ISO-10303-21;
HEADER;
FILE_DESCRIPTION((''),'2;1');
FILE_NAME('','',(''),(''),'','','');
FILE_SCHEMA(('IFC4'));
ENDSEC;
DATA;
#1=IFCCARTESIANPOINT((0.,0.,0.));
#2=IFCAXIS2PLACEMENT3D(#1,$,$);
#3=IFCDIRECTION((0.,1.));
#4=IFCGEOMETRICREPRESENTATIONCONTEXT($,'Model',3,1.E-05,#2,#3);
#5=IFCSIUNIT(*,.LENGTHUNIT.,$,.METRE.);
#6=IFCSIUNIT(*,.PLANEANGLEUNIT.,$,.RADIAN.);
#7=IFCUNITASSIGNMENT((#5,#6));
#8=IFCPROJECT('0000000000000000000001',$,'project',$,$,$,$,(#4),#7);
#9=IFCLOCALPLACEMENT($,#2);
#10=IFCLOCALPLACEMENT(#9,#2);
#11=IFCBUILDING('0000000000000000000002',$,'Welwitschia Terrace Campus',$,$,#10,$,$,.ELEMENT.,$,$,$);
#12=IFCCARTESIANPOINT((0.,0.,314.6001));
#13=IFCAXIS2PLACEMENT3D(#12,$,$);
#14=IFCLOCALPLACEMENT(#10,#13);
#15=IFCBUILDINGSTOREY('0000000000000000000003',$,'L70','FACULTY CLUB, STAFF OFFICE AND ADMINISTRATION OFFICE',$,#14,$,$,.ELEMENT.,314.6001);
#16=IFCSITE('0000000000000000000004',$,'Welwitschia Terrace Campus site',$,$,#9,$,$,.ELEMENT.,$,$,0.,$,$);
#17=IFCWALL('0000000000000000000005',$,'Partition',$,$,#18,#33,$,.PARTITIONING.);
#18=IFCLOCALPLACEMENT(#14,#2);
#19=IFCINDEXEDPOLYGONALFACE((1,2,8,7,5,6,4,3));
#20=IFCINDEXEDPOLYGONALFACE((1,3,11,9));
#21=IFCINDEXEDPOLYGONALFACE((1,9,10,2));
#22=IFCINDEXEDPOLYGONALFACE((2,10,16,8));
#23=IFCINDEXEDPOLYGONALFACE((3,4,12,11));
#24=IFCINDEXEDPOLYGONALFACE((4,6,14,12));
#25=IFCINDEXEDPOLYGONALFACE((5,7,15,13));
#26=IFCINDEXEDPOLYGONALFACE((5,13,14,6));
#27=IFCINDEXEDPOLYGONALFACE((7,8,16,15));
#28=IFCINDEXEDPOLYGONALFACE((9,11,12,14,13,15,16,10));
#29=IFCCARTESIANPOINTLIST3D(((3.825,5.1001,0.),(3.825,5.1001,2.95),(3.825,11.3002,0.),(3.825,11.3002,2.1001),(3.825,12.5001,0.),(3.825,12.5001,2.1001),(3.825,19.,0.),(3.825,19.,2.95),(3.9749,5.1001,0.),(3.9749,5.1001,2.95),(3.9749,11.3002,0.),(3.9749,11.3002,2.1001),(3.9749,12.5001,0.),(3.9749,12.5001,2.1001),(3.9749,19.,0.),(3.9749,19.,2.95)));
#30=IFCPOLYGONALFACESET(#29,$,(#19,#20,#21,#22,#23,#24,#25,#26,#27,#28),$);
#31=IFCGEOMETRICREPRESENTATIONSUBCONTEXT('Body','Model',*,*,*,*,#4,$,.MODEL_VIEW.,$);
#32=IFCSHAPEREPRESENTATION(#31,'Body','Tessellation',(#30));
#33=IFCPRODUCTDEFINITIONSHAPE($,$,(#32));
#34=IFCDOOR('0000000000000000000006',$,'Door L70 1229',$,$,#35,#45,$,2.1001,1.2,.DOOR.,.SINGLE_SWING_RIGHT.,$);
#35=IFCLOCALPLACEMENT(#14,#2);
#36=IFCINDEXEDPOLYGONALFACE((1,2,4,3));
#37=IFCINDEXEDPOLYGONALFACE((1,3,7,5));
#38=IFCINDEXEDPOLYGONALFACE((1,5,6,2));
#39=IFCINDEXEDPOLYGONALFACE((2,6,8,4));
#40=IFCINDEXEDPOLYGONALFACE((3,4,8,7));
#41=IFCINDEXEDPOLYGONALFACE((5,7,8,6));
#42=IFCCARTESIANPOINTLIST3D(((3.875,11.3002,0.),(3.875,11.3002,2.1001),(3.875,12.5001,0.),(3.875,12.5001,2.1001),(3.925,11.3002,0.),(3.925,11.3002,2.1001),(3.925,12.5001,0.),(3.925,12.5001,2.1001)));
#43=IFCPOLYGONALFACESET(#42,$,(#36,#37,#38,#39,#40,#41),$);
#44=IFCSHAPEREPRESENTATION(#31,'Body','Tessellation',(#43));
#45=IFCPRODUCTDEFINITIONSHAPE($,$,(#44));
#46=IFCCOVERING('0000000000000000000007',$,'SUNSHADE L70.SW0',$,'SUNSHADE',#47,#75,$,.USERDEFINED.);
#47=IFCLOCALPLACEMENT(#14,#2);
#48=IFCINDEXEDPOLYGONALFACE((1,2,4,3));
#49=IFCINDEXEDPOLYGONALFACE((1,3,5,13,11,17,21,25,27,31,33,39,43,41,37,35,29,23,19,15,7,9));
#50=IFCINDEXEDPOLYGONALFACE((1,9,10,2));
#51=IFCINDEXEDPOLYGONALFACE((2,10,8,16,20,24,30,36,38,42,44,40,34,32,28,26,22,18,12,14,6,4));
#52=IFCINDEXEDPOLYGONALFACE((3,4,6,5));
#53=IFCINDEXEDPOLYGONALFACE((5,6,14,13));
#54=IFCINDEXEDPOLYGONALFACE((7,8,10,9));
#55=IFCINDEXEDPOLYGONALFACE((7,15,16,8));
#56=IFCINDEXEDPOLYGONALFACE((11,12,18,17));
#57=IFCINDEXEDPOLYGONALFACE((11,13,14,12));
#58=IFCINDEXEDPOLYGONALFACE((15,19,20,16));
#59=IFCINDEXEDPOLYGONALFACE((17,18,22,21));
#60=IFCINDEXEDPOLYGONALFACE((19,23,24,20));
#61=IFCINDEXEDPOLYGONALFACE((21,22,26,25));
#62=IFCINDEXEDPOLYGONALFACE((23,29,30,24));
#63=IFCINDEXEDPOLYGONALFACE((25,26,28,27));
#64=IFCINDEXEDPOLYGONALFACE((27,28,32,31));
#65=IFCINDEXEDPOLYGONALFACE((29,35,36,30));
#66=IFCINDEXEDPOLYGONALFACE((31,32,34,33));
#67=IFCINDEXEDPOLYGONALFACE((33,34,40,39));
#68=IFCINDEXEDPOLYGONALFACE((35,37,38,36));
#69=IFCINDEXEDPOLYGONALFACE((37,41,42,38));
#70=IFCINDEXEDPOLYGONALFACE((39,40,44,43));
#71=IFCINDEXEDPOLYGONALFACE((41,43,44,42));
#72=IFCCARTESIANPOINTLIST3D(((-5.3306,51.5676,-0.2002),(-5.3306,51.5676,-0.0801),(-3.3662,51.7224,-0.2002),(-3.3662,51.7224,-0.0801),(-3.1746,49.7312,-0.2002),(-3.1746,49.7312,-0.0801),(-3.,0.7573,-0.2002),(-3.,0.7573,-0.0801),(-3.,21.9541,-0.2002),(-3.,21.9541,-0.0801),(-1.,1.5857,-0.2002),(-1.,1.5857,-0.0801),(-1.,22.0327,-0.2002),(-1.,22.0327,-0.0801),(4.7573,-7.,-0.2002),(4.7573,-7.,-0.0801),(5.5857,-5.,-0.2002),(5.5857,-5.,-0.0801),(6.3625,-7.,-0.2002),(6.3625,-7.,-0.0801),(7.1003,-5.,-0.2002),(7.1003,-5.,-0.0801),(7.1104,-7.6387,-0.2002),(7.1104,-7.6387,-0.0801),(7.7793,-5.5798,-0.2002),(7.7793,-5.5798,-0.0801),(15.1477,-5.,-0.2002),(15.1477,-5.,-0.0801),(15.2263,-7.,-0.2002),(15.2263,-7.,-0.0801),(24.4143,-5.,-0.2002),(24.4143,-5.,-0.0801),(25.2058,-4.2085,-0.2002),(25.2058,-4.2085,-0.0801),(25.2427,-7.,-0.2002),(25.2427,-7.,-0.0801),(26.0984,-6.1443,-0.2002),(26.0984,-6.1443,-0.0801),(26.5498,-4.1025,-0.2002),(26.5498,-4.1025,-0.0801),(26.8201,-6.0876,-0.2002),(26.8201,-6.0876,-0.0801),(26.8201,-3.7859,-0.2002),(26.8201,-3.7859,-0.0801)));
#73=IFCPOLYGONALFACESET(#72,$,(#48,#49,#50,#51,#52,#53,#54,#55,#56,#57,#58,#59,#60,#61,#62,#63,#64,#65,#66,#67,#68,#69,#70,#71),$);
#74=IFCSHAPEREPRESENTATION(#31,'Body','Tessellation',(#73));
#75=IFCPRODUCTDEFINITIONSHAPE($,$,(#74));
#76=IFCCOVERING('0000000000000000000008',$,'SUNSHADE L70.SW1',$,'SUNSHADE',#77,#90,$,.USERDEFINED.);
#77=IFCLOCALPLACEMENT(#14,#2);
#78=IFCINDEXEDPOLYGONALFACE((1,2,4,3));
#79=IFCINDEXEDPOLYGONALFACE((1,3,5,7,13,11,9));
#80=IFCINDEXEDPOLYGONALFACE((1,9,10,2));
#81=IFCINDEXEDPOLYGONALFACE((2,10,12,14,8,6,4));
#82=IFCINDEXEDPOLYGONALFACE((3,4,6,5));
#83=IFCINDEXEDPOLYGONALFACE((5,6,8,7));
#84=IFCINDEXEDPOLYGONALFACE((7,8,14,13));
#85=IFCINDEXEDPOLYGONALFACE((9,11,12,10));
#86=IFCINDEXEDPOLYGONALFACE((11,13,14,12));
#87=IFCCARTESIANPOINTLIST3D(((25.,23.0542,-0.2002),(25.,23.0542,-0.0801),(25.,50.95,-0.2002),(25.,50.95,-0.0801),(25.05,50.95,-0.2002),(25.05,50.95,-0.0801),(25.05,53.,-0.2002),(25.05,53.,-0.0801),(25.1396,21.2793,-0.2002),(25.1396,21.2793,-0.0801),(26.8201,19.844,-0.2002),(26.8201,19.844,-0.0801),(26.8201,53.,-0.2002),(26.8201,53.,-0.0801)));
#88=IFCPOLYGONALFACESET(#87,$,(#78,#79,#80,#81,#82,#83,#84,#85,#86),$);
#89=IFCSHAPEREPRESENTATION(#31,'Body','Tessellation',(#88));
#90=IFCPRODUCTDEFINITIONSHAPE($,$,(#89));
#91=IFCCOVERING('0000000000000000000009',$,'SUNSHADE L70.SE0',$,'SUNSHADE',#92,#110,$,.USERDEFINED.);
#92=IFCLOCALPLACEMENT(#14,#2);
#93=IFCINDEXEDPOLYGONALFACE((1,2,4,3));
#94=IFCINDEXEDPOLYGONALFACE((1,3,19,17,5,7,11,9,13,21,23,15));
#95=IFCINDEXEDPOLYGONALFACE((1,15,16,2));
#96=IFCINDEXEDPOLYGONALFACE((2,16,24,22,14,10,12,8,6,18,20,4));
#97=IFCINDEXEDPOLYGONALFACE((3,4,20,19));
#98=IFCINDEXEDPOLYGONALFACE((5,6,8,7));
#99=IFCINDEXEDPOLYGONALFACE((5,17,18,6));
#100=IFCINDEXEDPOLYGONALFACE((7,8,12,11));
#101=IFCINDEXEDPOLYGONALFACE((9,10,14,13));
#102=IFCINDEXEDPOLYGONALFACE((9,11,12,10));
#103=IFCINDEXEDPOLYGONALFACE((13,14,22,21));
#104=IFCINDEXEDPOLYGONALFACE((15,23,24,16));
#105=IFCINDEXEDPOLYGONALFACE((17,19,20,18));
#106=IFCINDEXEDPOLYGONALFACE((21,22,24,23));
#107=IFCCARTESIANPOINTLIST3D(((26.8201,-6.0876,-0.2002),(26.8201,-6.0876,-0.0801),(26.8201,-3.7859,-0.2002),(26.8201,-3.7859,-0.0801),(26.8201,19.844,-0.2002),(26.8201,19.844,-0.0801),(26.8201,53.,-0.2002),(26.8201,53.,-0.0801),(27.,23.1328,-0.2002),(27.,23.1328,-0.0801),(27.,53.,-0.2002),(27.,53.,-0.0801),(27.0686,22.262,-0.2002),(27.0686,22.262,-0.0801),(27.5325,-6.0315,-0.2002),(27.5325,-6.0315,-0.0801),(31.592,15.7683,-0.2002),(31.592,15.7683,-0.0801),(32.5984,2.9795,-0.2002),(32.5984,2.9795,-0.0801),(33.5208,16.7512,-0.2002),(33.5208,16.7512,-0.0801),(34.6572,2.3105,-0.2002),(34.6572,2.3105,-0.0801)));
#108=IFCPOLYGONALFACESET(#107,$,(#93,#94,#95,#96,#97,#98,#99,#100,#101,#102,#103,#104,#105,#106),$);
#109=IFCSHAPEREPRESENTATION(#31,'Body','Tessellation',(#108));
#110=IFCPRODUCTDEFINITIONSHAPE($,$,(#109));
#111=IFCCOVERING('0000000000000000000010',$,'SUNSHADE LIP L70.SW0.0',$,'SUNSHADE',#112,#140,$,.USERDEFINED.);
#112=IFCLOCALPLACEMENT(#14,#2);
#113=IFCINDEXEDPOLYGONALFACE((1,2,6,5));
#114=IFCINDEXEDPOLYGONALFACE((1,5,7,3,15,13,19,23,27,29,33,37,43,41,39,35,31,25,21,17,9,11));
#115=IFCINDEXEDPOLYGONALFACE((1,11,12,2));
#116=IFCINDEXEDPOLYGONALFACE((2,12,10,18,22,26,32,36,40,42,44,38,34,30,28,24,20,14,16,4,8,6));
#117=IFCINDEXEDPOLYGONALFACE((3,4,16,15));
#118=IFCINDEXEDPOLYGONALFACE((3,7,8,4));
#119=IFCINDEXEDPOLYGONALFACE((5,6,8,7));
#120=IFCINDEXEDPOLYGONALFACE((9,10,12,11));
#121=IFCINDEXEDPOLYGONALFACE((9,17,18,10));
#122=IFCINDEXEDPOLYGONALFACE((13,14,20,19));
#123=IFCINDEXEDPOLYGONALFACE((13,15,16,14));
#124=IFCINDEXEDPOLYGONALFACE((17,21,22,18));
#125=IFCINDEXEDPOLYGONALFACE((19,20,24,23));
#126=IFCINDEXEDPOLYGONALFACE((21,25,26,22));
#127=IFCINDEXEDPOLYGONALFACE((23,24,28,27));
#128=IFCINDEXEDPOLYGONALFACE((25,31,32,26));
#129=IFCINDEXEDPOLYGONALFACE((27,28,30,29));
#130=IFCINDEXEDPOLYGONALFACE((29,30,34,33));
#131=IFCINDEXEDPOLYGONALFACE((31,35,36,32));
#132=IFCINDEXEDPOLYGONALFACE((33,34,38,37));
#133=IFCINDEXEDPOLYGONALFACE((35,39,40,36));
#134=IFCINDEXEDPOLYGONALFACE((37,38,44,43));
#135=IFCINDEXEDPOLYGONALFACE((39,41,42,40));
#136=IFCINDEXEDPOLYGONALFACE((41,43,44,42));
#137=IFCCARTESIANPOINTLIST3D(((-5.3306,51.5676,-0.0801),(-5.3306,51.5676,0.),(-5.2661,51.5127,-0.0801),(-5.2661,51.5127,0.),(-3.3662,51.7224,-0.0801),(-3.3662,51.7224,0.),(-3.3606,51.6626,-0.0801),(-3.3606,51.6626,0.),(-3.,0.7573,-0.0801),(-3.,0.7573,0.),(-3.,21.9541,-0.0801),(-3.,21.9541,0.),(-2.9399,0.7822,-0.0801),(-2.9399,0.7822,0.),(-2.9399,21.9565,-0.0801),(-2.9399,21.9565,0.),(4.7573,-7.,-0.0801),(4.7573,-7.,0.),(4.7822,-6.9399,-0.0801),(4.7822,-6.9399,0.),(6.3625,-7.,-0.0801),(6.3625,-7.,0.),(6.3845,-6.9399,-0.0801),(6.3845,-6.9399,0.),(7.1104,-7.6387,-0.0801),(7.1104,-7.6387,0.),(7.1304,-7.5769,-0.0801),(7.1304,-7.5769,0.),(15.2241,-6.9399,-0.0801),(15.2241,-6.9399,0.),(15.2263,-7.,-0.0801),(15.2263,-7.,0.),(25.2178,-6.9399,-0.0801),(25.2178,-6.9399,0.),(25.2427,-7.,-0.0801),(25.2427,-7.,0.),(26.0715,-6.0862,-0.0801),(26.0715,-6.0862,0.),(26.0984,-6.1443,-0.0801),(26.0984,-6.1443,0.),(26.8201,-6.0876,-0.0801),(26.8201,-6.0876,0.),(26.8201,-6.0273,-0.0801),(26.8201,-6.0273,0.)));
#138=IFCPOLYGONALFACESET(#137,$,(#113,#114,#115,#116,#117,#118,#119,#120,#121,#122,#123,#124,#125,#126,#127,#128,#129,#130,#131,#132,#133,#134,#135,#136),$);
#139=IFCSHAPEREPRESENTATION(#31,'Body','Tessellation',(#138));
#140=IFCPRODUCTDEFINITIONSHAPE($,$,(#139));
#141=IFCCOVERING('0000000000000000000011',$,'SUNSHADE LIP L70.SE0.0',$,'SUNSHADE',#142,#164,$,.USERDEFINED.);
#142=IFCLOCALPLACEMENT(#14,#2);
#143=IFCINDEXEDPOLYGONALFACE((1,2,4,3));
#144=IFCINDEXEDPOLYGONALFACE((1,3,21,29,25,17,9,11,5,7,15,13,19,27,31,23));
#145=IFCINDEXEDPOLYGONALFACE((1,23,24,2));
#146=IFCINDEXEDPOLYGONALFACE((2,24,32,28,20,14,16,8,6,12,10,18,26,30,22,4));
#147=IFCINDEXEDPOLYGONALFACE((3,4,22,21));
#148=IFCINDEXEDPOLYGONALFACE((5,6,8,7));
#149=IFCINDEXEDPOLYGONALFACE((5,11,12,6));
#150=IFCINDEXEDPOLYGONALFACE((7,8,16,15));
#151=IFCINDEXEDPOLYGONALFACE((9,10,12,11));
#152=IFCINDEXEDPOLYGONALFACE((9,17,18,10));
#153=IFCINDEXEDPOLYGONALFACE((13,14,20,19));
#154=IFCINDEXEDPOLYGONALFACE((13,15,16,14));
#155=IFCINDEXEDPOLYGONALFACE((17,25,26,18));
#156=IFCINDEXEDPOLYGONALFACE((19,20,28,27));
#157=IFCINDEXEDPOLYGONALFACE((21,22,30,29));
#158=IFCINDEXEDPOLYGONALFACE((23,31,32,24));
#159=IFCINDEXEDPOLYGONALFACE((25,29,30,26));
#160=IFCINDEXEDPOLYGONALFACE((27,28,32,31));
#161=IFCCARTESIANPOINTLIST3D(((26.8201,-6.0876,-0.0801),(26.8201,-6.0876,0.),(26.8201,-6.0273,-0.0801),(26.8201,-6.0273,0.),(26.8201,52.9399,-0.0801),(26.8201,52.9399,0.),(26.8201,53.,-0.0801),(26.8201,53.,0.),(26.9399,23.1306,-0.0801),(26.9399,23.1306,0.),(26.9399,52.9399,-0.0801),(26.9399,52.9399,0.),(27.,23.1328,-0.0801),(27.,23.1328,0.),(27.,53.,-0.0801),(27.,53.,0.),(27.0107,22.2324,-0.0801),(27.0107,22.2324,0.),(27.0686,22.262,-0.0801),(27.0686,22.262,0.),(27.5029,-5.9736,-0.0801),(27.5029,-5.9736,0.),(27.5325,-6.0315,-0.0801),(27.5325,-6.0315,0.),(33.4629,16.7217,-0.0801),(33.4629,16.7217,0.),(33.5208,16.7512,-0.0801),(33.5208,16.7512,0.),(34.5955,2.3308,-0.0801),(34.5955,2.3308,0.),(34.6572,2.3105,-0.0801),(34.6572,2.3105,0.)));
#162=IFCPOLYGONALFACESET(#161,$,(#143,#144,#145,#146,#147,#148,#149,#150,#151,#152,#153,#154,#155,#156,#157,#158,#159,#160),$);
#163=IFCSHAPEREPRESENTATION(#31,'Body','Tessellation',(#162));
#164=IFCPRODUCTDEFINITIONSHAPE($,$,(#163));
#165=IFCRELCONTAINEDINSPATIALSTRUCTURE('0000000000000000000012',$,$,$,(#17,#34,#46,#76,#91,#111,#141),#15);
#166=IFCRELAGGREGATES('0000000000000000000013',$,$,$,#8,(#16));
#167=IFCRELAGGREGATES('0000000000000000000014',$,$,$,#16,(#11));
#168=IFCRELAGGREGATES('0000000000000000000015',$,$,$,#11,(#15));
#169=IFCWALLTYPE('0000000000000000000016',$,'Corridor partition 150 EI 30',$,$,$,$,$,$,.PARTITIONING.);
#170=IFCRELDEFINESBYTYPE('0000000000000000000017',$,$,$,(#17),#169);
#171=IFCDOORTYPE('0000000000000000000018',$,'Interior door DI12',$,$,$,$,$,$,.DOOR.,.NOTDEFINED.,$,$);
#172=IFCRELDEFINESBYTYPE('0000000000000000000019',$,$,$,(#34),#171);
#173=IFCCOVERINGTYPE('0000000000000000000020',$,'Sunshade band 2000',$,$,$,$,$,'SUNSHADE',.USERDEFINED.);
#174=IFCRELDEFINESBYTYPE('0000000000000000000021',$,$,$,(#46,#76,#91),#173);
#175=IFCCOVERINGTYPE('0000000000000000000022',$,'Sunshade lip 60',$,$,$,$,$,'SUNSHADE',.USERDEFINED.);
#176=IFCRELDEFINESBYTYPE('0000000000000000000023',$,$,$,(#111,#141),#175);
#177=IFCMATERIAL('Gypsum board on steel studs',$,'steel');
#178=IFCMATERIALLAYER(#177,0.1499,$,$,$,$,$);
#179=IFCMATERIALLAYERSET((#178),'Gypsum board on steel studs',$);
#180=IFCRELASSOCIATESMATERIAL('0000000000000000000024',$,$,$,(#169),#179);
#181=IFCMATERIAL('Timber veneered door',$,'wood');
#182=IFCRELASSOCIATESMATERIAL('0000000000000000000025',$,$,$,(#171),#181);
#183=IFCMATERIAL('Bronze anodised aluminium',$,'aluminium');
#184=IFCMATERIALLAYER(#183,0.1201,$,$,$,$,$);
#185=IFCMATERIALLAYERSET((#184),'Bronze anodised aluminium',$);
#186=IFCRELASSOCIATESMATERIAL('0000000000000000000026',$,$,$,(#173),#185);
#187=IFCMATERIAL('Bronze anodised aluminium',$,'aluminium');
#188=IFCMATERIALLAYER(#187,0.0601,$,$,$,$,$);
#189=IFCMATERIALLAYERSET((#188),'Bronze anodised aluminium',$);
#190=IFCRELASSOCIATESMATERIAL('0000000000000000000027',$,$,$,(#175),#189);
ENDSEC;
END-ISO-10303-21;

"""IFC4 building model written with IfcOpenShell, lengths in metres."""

from ifc_helpers import new_model, si_unit, direction, frame, frame_2d, origin, place, context, subcontext, project, spatial, polyline, rectangle, outline, extrude, material, layer, layer_set, type_object, element, fill, save


model = new_model("IFC4")

# Units and contexts
model_context = context("Model", 3, precision=1e-05, world=origin(), true_north=direction((0.0, 1.0)))
body_context = subcontext(model_context, "Body", "Model", "MODEL_VIEW")
ifc_project = project(units=[si_unit("LENGTHUNIT", "METRE"), si_unit("PLANEANGLEUNIT", "RADIAN")], contexts=[model_context])

# Site, building, storey
site_placement = place(None, origin())
site = spatial("IfcSite", under=ifc_project, at=site_placement, Name="Welwitschia Terrace Campus site", CompositionType="ELEMENT", RefElevation=0.0)
building_placement = place(site_placement, origin())
building = spatial("IfcBuilding", under=site, at=building_placement, Name="Welwitschia Terrace Campus", CompositionType="ELEMENT")
storey_placement = place(building_placement, frame((0.0, 0.0, 314.6001)))
storey = spatial("IfcBuildingStorey", under=building, at=storey_placement, Name="L70", Description="FACULTY CLUB, STAFF OFFICE AND ADMINISTRATION OFFICE", CompositionType="ELEMENT", Elevation=314.6001)

# Shared definitions
ifc_material_1 = material(Name="Gypsum board on steel studs", Category="steel")
ifc_layer_1 = layer(ifc_material_1, 0.1499)
ifc_layer_set_1 = layer_set([ifc_layer_1], Name="Gypsum board on steel studs")
wall_type_1 = type_object("IfcWallType", Name="Corridor partition 150 EI 30", PredefinedType="PARTITIONING", material=ifc_layer_set_1)

# Wall, opening, door
wall_1_placement = place(storey_placement, frame((3.8999, 5.1001, 0.0), z_axis=(0.0, 0.0, 1.0), x_axis=(0.0, 1.0, 0.0)))
wall_1 = element("IfcWall", 1, at=wall_1_placement, inside=storey, type_object=wall_type_1, Name="Partition", PredefinedType="PARTITIONING", context=body_context, shape_type="SweptSolid", body=[
    extrude(rectangle(XDim=13.8999, YDim=0.1499, at=frame_2d((6.95, 0.0))), origin(), (0.0, 0.0, 1.0), 2.95),
])
opening_1_placement = place(wall_1_placement, frame((6.2, 0.0, 0.0)))
opening_1 = element("IfcOpeningElement", 2, at=opening_1_placement, cuts=wall_1, PredefinedType="OPENING", context=body_context, shape_type="SweptSolid", body=[
    extrude(rectangle(XDim=1.2, YDim=2.1001, at=frame_2d((0.6001, 1.05))), frame((0.0, 0.085, 0.0), z_axis=(0.0, -1.0, 0.0), x_axis=(1.0, 0.0, 0.0)), (0.0, 0.0, 1.0), 0.1699),
])
ifc_material_2 = material(Name="Timber veneered door", Category="wood")
door_type_1 = type_object("IfcDoorType", Name="Interior door DI12", OperationType="NOTDEFINED", PredefinedType="DOOR", material=ifc_material_2)
door_1_placement = place(opening_1_placement, origin())
door_1 = element("IfcDoor", 3, at=door_1_placement, inside=storey, type_object=door_type_1, Name="Door L70 1229", OperationType="SINGLE_SWING_RIGHT", OverallHeight=2.1001, OverallWidth=1.2, PredefinedType="DOOR", context=body_context, shape_type="SweptSolid", body=[
    extrude(rectangle(XDim=1.2, YDim=2.1001, at=frame_2d((0.6001, 1.05))), frame((0.0, 0.0249, 0.0), z_axis=(0.0, -1.0, 0.0), x_axis=(1.0, 0.0, 0.0)), (0.0, 0.0, 1.0), 0.05),
])
fill(opening_1, door_1)

# Coverings
ifc_material_3 = material(Name="Bronze anodised aluminium", Category="aluminium")
ifc_layer_2 = layer(ifc_material_3, 0.1201)
ifc_layer_set_2 = layer_set([ifc_layer_2], Name="Bronze anodised aluminium")
covering_type_1 = type_object("IfcCoveringType", Name="Sunshade band 2000", ElementType="SUNSHADE", PredefinedType="USERDEFINED", material=ifc_layer_set_2)
covering_1_placement = place(storey_placement, frame((0.0, 0.0, -0.2002)))
element("IfcCovering", 4, at=covering_1_placement, inside=storey, type_object=covering_type_1, Name="SUNSHADE L70.SW0", ObjectType="SUNSHADE", PredefinedType="USERDEFINED", context=body_context, shape_type="SweptSolid", body=[
    extrude(outline(polyline([(-3.1746, 49.7312), (-1.0, 22.0327), (-1.0, 1.5857), (5.5857, -5.0), (7.1003, -5.0), (7.7793, -5.5798), (15.1477, -5.0), (24.4143, -5.0), (25.2058, -4.2085), (26.5498, -4.1025), (26.8201, -3.7859), (26.8201, -6.0876), (26.0984, -6.1443), (25.2427, -7.0), (15.2263, -7.0), (7.1104, -7.6387), (6.3625, -7.0), (4.7573, -7.0), (-3.0, 0.7573), (-3.0, 21.9541), (-5.3306, 51.5676), (-3.3662, 51.7224), (-3.1746, 49.7312)])), origin(), (0.0, 0.0, 1.0), 0.1201),
])
covering_2_placement = place(storey_placement, frame((0.0, 0.0, -0.2002)))
element("IfcCovering", 5, at=covering_2_placement, inside=storey, type_object=covering_type_1, Name="SUNSHADE L70.SW1", ObjectType="SUNSHADE", PredefinedType="USERDEFINED", context=body_context, shape_type="SweptSolid", body=[
    extrude(outline(polyline([(25.1396, 21.2793), (25.0, 23.0542), (25.0, 50.95), (25.05, 50.95), (25.05, 53.0), (26.8201, 53.0), (26.8201, 19.844), (25.1396, 21.2793)])), origin(), (0.0, 0.0, 1.0), 0.1201),
])
covering_3_placement = place(storey_placement, frame((0.0, 0.0, -0.2002)))
element("IfcCovering", 6, at=covering_3_placement, inside=storey, type_object=covering_type_1, Name="SUNSHADE L70.SE0", ObjectType="SUNSHADE", PredefinedType="USERDEFINED", context=body_context, shape_type="SweptSolid", body=[
    extrude(outline(polyline([(32.5984, 2.9795), (31.592, 15.7683), (26.8201, 19.844), (26.8201, 53.0), (27.0, 53.0), (27.0, 23.1328), (27.0686, 22.262), (33.5208, 16.7512), (34.6572, 2.3105), (27.5325, -6.0315), (26.8201, -6.0876), (26.8201, -3.7859), (32.5984, 2.9795)])), origin(), (0.0, 0.0, 1.0), 0.1201),
])
ifc_material_4 = material(Name="Bronze anodised aluminium", Category="aluminium")
ifc_layer_3 = layer(ifc_material_4, 0.0601)
ifc_layer_set_3 = layer_set([ifc_layer_3], Name="Bronze anodised aluminium")
covering_type_2 = type_object("IfcCoveringType", Name="Sunshade lip 60", ElementType="SUNSHADE", PredefinedType="USERDEFINED", material=ifc_layer_set_3)
covering_4_placement = place(storey_placement, frame((0.0, 0.0, -0.0801)))
element("IfcCovering", 7, at=covering_4_placement, inside=storey, type_object=covering_type_2, Name="SUNSHADE LIP L70.SW0.0", ObjectType="SUNSHADE", PredefinedType="USERDEFINED", context=body_context, shape_type="SweptSolid", body=[
    extrude(outline(polyline([(26.8201, -6.0876), (26.0984, -6.1443), (25.2427, -7.0), (15.2263, -7.0), (7.1104, -7.6387), (6.3625, -7.0), (4.7573, -7.0), (-3.0, 0.7573), (-3.0, 21.9541), (-5.3306, 51.5676), (-3.3662, 51.7224), (-3.3606, 51.6626), (-5.2661, 51.5127), (-2.9399, 21.9565), (-2.9399, 0.7822), (4.7822, -6.9399), (6.3845, -6.9399), (7.1304, -7.5769), (15.2241, -6.9399), (25.2178, -6.9399), (26.0715, -6.0862), (26.8201, -6.0273), (26.8201, -6.0876)])), origin(), (0.0, 0.0, 1.0), 0.0801),
])
covering_5_placement = place(storey_placement, frame((0.0, 0.0, -0.0801)))
element("IfcCovering", 8, at=covering_5_placement, inside=storey, type_object=covering_type_2, Name="SUNSHADE LIP L70.SE0.0", ObjectType="SUNSHADE", PredefinedType="USERDEFINED", context=body_context, shape_type="SweptSolid", body=[
    extrude(outline(polyline([(26.8201, 53.0), (27.0, 53.0), (27.0, 23.1328), (27.0686, 22.262), (33.5208, 16.7512), (34.6572, 2.3105), (27.5325, -6.0315), (26.8201, -6.0876), (26.8201, -6.0273), (27.5029, -5.9736), (34.5955, 2.3308), (33.4629, 16.7217), (27.0107, 22.2324), (26.9399, 23.1306), (26.9399, 52.9399), (26.8201, 52.9399), (26.8201, 53.0)])), origin(), (0.0, 0.0, 1.0), 0.0801),
])

save(model, "model.ifc")
